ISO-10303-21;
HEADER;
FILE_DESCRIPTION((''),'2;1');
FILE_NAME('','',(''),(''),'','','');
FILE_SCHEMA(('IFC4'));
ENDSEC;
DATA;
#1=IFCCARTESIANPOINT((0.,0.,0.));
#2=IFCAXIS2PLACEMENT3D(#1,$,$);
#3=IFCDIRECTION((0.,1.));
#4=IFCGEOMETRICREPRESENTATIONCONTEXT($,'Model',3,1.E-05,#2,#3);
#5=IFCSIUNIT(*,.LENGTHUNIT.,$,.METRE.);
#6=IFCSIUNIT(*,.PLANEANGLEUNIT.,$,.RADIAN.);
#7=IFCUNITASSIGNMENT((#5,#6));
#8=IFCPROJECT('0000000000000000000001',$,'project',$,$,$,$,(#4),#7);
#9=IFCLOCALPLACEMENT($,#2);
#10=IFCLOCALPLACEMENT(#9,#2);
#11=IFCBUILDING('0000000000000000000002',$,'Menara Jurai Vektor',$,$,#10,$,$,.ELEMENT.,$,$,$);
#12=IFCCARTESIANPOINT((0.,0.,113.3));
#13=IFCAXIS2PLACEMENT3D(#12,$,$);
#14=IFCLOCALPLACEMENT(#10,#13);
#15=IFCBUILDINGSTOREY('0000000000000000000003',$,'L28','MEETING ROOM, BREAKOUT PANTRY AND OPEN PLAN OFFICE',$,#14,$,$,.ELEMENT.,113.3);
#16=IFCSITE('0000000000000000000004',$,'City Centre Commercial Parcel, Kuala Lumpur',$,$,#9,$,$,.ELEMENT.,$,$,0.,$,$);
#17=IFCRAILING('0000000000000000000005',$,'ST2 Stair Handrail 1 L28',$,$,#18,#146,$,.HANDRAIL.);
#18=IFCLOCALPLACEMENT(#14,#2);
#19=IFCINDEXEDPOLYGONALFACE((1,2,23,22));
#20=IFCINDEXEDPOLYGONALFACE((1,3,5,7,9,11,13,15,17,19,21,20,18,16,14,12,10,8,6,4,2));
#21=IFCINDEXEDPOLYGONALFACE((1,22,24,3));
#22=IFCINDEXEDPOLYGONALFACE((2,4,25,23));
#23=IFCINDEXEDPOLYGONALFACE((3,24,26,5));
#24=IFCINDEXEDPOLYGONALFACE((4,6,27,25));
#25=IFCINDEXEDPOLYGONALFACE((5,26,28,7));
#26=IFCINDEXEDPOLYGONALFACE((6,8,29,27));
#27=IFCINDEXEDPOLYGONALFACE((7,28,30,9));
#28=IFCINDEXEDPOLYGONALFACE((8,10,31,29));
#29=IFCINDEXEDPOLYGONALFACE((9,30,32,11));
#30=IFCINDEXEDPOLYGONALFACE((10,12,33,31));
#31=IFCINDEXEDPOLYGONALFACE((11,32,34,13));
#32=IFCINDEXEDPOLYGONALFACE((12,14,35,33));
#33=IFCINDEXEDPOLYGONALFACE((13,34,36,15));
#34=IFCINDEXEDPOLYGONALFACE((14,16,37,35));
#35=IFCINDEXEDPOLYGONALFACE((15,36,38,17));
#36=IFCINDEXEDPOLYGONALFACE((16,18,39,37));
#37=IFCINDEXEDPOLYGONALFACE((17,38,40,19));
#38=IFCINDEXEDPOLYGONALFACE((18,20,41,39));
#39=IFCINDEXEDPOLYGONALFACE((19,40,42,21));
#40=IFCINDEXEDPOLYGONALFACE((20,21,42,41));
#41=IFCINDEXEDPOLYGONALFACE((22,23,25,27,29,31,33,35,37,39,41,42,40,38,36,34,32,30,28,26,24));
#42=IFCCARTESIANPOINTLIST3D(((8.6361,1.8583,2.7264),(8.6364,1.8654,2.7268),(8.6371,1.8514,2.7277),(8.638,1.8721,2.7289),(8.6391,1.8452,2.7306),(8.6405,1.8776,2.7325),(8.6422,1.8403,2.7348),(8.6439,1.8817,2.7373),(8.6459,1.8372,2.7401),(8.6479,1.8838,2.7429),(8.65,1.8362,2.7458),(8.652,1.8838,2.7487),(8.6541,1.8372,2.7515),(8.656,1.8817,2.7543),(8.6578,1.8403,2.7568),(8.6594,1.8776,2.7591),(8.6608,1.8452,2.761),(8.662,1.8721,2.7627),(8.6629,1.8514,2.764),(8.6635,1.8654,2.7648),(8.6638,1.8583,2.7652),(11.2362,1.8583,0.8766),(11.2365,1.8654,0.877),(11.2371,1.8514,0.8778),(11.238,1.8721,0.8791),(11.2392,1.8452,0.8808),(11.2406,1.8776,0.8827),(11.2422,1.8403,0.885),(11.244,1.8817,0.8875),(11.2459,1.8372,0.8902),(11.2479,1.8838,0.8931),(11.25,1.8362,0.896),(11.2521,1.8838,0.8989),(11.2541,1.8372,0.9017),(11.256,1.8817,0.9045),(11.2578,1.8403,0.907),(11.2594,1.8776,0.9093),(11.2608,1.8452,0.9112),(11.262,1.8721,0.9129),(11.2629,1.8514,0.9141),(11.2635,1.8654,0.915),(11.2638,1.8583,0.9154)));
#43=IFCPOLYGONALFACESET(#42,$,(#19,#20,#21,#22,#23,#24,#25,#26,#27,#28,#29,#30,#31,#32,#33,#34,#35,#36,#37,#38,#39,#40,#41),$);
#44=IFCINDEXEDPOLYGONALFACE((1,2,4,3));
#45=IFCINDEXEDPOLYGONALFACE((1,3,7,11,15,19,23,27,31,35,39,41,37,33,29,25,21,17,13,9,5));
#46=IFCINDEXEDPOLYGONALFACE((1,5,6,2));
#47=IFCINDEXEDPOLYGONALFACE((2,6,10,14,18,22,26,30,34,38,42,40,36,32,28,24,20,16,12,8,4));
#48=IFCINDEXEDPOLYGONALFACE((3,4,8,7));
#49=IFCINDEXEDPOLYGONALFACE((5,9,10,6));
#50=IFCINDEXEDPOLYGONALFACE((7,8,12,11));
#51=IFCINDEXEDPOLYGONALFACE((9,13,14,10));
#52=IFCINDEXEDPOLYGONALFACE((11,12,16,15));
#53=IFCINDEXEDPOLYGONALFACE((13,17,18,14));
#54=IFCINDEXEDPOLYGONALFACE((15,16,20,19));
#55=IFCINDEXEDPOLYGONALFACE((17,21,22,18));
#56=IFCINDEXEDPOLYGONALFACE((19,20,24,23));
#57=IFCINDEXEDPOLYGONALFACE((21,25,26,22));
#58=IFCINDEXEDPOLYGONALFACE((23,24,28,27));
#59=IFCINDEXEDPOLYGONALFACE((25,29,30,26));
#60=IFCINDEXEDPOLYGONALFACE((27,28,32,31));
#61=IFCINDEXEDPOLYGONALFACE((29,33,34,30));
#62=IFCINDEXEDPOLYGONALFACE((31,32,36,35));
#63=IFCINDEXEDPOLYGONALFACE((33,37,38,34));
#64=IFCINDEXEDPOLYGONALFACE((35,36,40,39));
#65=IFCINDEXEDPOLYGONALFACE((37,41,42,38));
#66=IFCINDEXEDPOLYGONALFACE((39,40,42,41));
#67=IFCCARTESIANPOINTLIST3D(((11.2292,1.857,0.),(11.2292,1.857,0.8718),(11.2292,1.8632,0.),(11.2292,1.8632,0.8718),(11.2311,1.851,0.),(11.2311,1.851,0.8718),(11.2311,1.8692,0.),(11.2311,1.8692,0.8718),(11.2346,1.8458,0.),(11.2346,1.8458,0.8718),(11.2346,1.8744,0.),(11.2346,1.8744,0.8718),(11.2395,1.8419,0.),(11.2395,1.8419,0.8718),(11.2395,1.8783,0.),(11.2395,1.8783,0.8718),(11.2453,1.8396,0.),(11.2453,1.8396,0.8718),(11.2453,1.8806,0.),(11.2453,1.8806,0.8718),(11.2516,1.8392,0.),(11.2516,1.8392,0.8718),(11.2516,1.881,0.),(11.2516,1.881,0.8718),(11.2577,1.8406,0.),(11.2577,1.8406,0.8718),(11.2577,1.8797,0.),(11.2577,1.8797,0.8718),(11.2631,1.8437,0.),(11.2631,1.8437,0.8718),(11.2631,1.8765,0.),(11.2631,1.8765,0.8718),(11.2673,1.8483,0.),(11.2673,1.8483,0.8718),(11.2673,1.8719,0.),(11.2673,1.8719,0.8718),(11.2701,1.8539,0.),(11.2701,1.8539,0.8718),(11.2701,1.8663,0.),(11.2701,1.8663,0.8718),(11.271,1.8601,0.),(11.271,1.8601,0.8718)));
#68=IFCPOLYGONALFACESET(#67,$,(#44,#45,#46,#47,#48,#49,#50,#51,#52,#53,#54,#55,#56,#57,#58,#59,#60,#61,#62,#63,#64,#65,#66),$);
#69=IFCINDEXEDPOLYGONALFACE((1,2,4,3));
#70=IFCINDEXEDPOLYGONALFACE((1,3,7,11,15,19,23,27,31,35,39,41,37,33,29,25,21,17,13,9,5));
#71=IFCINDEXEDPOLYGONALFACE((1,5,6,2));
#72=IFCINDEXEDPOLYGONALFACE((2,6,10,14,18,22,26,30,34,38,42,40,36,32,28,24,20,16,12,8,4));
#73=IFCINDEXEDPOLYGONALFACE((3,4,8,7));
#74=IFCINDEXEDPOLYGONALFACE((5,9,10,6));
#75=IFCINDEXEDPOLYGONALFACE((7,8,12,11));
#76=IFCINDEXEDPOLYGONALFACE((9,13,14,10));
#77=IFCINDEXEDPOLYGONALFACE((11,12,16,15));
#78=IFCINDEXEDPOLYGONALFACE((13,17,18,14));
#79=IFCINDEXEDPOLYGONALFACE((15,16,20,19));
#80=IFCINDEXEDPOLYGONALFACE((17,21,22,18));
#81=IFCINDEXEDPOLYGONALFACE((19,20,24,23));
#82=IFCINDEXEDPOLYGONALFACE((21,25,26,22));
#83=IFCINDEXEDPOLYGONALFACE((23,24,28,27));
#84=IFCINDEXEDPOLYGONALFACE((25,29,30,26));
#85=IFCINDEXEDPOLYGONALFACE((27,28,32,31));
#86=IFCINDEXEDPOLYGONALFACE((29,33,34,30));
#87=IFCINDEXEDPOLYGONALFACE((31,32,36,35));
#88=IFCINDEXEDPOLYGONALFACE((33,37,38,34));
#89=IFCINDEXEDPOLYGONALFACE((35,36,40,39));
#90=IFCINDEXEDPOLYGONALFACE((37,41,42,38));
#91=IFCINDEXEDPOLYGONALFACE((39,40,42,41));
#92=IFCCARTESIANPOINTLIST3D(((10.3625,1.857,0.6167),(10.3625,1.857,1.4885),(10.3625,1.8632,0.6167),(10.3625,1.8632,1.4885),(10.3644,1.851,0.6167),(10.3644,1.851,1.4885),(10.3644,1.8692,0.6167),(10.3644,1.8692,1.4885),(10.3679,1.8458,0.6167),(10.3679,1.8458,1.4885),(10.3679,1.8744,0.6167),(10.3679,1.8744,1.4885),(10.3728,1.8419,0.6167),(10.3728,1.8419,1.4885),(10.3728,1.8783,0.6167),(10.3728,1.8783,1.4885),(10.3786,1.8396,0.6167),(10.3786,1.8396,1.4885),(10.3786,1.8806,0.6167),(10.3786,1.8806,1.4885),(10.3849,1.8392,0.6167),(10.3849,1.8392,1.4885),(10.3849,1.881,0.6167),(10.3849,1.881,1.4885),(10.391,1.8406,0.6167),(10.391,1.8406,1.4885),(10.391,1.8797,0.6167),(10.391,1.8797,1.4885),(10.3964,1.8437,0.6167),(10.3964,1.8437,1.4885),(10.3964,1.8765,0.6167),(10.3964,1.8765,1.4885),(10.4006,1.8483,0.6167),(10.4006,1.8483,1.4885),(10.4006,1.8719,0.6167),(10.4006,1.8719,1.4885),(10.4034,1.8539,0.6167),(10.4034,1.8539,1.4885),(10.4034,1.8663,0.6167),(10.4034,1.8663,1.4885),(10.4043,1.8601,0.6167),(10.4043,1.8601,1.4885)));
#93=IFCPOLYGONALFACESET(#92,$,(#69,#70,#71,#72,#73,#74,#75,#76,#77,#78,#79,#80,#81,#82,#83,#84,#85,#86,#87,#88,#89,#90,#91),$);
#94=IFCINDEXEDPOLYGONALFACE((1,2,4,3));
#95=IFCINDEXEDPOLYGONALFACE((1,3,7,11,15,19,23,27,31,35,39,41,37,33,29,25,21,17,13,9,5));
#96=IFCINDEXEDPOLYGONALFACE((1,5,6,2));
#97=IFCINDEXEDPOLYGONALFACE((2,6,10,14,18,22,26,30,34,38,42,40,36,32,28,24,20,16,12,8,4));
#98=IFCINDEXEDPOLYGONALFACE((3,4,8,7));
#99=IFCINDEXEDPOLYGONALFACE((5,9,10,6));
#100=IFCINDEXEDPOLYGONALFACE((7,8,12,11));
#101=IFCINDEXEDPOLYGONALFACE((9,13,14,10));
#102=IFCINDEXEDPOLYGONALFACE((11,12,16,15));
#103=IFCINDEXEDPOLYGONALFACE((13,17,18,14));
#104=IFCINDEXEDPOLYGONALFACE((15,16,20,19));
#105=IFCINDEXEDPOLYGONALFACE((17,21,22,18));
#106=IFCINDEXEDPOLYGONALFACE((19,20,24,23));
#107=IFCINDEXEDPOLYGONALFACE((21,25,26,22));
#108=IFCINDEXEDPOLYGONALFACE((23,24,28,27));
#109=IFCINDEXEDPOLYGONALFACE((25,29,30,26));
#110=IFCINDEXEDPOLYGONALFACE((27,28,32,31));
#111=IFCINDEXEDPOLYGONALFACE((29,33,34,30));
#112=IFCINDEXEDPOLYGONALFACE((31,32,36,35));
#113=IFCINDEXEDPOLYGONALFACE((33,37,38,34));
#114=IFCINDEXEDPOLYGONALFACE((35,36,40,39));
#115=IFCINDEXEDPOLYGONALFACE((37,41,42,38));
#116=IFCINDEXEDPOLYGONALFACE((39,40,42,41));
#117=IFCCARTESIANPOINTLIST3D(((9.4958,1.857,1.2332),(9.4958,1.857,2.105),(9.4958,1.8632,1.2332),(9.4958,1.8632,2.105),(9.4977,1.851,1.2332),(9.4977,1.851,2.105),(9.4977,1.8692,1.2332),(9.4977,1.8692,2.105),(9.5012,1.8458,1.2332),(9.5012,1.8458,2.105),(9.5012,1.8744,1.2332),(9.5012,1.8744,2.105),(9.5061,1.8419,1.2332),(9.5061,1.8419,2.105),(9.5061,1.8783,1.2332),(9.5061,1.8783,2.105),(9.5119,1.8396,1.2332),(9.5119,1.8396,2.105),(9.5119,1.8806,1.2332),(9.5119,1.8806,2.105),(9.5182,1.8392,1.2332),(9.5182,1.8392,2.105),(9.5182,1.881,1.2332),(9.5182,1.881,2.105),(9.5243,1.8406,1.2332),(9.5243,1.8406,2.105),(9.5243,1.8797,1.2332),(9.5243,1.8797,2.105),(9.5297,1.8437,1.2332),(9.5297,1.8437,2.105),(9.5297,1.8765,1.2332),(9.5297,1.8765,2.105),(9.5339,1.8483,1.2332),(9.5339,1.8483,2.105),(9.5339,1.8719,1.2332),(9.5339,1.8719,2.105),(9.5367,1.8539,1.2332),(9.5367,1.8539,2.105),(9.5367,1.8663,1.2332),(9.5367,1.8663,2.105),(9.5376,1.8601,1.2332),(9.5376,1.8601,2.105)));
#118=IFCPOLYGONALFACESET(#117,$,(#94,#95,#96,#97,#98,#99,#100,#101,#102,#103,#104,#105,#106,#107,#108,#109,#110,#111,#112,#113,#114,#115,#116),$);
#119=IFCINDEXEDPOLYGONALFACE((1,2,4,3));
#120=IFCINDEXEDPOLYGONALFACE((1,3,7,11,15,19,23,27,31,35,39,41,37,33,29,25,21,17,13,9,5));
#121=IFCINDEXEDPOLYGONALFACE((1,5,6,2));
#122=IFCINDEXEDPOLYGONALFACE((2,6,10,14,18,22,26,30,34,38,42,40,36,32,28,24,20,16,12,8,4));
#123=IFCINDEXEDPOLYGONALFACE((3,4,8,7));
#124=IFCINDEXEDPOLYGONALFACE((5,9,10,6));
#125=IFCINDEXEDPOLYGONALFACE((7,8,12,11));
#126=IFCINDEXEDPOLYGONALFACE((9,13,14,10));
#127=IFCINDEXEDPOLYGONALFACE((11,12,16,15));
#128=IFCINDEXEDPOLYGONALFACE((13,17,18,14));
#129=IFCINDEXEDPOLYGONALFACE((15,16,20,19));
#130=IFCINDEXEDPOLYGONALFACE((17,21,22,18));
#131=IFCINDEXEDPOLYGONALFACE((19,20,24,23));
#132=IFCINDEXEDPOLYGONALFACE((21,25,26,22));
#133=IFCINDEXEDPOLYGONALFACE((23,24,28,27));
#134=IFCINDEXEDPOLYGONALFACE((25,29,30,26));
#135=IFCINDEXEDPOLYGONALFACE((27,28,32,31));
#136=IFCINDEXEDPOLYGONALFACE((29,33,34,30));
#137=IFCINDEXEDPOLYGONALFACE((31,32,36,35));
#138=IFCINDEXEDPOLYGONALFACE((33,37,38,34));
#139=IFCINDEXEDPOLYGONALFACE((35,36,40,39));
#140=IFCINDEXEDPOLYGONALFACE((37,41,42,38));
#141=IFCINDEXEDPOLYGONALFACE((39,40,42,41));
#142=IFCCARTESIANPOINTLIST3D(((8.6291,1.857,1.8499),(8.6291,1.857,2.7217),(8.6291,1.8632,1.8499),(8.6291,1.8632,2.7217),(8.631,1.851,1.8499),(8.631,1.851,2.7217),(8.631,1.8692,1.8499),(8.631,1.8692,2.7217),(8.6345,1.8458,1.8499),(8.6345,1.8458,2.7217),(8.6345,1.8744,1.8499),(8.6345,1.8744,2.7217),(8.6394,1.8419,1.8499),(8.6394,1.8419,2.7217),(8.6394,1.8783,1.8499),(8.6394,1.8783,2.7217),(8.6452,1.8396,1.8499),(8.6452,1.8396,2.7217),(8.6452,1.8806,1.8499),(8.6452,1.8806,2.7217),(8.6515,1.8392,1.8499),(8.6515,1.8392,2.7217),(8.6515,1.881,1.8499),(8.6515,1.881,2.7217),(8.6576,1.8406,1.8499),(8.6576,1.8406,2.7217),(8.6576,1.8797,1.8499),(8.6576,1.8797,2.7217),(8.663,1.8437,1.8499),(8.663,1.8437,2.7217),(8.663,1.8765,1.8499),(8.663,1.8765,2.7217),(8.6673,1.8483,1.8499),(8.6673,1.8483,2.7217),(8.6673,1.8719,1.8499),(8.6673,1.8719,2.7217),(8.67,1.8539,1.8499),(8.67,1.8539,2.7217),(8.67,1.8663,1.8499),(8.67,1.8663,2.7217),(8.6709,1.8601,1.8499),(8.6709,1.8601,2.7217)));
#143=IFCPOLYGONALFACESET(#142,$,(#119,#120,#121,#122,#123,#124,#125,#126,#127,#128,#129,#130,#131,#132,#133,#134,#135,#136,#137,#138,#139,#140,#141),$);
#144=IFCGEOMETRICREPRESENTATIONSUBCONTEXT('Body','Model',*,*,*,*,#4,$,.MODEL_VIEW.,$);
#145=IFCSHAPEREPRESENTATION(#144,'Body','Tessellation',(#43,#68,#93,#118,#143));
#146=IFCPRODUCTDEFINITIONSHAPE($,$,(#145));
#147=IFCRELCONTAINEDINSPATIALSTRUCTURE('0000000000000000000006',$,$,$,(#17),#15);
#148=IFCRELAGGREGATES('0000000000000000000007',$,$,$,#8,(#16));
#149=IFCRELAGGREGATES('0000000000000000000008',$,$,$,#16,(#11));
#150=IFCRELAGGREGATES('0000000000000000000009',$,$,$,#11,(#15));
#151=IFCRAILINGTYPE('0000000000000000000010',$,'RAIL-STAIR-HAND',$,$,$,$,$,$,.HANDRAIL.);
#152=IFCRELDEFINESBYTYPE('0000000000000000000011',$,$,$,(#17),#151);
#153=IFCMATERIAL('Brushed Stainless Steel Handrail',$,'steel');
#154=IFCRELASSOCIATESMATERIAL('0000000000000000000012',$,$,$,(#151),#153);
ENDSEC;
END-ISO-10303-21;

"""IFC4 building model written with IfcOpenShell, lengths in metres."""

from ifc_helpers import new_model, si_unit, direction, frame, origin, origin_2d, place, context, subcontext, project, spatial, circle, extrude, material, type_object, element, save


model = new_model("IFC4")

# Units and contexts
model_context = context("Model", 3, precision=1e-05, world=origin(), true_north=direction((0.0, 1.0)))
body_context = subcontext(model_context, "Body", "Model", "MODEL_VIEW")
ifc_project = project(units=[si_unit("LENGTHUNIT", "METRE"), si_unit("PLANEANGLEUNIT", "RADIAN")], contexts=[model_context])

# Site, building, storey
site_placement = place(None, origin())
site = spatial("IfcSite", under=ifc_project, at=site_placement, Name="City Centre Commercial Parcel, Kuala Lumpur", CompositionType="ELEMENT", RefElevation=0.0)
building_placement = place(site_placement, origin())
building = spatial("IfcBuilding", under=site, at=building_placement, Name="Menara Jurai Vektor", CompositionType="ELEMENT")
storey_placement = place(building_placement, frame((0.0, 0.0, 113.3)))
storey = spatial("IfcBuildingStorey", under=building, at=storey_placement, Name="L28", Description="MEETING ROOM, BREAKOUT PANTRY AND OPEN PLAN OFFICE", CompositionType="ELEMENT", Elevation=113.3)

# Railing
ifc_material_1 = material(Name="Brushed Stainless Steel Handrail", Category="steel")
railing_type_1 = type_object("IfcRailingType", Name="RAIL-STAIR-HAND", PredefinedType="HANDRAIL", material=ifc_material_1)
railing_1_placement = place(storey_placement, frame((11.25, 1.8601, 0.0)))
element("IfcRailing", 1, at=railing_1_placement, inside=storey, type_object=railing_type_1, Name="ST2 Stair Handrail 1 L28", PredefinedType="HANDRAIL", context=body_context, shape_type="SweptSolid", body=[
    extrude(circle(Radius=0.0239, at=origin_2d()), frame((0.0, 0.0, 0.896), z_axis=(-0.814823, 0.0, 0.57971), x_axis=(0.0, -1.0, 0.0)), (0.0, 0.0, 1.0), 3.1909),
    extrude(circle(Radius=0.021, at=origin_2d()), origin(), (0.0, 0.0, 1.0), 0.8718),
    extrude(circle(Radius=0.021, at=origin_2d()), frame((-0.8667, 0.0, 0.6167)), (0.0, 0.0, 1.0), 0.8718),
    extrude(circle(Radius=0.021, at=origin_2d()), frame((-1.7334, 0.0, 1.2332)), (0.0, 0.0, 1.0), 0.8718),
    extrude(circle(Radius=0.021, at=origin_2d()), frame((-2.6001, 0.0, 1.8499)), (0.0, 0.0, 1.0), 0.8718),
])

save(model, "model.ifc")
